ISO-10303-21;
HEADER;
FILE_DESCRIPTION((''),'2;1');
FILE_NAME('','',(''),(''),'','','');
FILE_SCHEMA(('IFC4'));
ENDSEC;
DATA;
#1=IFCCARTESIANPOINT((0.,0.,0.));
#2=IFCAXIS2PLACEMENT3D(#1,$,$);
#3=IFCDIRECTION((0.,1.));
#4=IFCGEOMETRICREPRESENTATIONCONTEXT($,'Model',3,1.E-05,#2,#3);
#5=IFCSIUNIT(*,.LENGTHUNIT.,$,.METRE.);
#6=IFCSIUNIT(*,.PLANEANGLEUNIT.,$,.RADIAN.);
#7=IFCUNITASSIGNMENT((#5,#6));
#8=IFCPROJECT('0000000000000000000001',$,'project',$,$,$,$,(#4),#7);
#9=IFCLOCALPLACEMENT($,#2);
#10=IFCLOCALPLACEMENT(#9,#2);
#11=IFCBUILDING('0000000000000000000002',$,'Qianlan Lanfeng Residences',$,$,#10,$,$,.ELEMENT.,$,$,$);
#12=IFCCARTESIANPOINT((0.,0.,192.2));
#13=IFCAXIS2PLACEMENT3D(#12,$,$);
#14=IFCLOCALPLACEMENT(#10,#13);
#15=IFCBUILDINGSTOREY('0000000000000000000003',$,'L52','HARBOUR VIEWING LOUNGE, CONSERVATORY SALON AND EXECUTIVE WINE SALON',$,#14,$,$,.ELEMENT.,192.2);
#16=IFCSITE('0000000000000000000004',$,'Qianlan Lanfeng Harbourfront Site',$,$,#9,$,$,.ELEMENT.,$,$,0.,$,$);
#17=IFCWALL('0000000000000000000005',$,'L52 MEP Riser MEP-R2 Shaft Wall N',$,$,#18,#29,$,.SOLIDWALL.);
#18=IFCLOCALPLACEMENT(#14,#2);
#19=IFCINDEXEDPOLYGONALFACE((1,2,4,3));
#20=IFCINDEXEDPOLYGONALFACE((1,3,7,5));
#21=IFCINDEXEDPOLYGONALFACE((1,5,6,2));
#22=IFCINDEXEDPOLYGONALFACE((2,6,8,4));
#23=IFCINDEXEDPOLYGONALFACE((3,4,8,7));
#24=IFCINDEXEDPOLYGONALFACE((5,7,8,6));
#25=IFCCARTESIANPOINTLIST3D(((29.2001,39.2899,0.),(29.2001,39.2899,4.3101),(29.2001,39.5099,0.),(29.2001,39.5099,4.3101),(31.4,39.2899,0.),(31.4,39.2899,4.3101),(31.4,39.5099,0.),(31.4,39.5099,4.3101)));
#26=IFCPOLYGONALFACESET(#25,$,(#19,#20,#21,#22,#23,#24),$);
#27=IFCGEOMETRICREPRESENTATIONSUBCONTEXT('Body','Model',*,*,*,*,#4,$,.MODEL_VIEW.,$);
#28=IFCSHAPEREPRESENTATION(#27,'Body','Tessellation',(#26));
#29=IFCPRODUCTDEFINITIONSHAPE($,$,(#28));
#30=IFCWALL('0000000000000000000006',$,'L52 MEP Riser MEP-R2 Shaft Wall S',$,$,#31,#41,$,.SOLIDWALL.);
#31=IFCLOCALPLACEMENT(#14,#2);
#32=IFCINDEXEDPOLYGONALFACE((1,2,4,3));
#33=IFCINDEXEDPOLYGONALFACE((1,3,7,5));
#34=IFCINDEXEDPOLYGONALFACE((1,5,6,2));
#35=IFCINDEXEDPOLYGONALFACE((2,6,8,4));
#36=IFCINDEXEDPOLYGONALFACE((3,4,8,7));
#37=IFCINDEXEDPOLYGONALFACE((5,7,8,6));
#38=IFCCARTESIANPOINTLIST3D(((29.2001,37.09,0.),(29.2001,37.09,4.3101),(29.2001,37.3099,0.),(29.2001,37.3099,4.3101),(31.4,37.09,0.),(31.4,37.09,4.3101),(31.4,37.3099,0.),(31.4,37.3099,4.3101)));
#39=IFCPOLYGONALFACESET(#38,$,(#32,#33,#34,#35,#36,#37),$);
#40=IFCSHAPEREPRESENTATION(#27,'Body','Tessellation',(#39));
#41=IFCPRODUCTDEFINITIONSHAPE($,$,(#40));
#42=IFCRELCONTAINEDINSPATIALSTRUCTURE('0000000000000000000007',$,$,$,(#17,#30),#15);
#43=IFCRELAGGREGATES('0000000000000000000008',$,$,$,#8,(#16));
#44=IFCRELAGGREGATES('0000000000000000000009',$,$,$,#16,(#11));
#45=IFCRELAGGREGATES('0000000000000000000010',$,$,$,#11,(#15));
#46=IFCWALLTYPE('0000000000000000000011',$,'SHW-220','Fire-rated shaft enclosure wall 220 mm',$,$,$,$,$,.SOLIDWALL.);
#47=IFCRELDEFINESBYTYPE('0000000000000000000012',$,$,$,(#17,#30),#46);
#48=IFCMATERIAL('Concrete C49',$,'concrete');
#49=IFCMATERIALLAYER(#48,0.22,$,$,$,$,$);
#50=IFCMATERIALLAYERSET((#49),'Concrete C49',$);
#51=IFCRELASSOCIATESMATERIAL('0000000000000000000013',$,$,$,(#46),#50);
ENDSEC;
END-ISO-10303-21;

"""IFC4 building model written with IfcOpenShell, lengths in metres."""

from ifc_helpers import new_model, si_unit, direction, frame, frame_2d, origin, place, context, subcontext, project, spatial, rectangle, extrude, material, layer, layer_set, type_object, element, save


model = new_model("IFC4")

# Units and contexts
model_context = context("Model", 3, precision=1e-05, world=origin(), true_north=direction((0.0, 1.0)))
body_context = subcontext(model_context, "Body", "Model", "MODEL_VIEW")
ifc_project = project(units=[si_unit("LENGTHUNIT", "METRE"), si_unit("PLANEANGLEUNIT", "RADIAN")], contexts=[model_context])

# Site, building, storey
site_placement = place(None, origin())
site = spatial("IfcSite", under=ifc_project, at=site_placement, Name="Qianlan Lanfeng Harbourfront Site", CompositionType="ELEMENT", RefElevation=0.0)
building_placement = place(site_placement, origin())
building = spatial("IfcBuilding", under=site, at=building_placement, Name="Qianlan Lanfeng Residences", CompositionType="ELEMENT")
storey_placement = place(building_placement, frame((0.0, 0.0, 192.2)))
storey = spatial("IfcBuildingStorey", under=building, at=storey_placement, Name="L52", Description="HARBOUR VIEWING LOUNGE, CONSERVATORY SALON AND EXECUTIVE WINE SALON", CompositionType="ELEMENT", Elevation=192.2)

# Walls
ifc_material_1 = material(Name="Concrete C49", Category="concrete")
ifc_layer_1 = layer(ifc_material_1, 0.22)
ifc_layer_set_1 = layer_set([ifc_layer_1], Name="Concrete C49")
wall_type_1 = type_object("IfcWallType", Name="SHW-220", Description="Fire-rated shaft enclosure wall 220 mm", PredefinedType="SOLIDWALL", material=ifc_layer_set_1)
for number, where, z_axis, x_axis, name in (
    (1, (29.2, 39.3999, 0.0), (0.0, 0.0, 1.0), (1.0, 0.0, 0.0), "L52 MEP Riser MEP-R2 Shaft Wall N"),
    (2, (29.2, 37.2, 0.0), (0.0, 0.0, 1.0), (1.0, 0.0, 0.0), "L52 MEP Riser MEP-R2 Shaft Wall S"),
):
    element("IfcWall", number, at=place(storey_placement, frame(where, z_axis=z_axis, x_axis=x_axis)), inside=storey, type_object=wall_type_1, Name=name, PredefinedType="SOLIDWALL", context=body_context, shape_type="SweptSolid", body=[
        extrude(rectangle(XDim=2.2, YDim=0.22, at=frame_2d((1.1001, 0.0))), origin(), (0.0, 0.0, 1.0), 4.3101),
    ])

save(model, "model.ifc")
